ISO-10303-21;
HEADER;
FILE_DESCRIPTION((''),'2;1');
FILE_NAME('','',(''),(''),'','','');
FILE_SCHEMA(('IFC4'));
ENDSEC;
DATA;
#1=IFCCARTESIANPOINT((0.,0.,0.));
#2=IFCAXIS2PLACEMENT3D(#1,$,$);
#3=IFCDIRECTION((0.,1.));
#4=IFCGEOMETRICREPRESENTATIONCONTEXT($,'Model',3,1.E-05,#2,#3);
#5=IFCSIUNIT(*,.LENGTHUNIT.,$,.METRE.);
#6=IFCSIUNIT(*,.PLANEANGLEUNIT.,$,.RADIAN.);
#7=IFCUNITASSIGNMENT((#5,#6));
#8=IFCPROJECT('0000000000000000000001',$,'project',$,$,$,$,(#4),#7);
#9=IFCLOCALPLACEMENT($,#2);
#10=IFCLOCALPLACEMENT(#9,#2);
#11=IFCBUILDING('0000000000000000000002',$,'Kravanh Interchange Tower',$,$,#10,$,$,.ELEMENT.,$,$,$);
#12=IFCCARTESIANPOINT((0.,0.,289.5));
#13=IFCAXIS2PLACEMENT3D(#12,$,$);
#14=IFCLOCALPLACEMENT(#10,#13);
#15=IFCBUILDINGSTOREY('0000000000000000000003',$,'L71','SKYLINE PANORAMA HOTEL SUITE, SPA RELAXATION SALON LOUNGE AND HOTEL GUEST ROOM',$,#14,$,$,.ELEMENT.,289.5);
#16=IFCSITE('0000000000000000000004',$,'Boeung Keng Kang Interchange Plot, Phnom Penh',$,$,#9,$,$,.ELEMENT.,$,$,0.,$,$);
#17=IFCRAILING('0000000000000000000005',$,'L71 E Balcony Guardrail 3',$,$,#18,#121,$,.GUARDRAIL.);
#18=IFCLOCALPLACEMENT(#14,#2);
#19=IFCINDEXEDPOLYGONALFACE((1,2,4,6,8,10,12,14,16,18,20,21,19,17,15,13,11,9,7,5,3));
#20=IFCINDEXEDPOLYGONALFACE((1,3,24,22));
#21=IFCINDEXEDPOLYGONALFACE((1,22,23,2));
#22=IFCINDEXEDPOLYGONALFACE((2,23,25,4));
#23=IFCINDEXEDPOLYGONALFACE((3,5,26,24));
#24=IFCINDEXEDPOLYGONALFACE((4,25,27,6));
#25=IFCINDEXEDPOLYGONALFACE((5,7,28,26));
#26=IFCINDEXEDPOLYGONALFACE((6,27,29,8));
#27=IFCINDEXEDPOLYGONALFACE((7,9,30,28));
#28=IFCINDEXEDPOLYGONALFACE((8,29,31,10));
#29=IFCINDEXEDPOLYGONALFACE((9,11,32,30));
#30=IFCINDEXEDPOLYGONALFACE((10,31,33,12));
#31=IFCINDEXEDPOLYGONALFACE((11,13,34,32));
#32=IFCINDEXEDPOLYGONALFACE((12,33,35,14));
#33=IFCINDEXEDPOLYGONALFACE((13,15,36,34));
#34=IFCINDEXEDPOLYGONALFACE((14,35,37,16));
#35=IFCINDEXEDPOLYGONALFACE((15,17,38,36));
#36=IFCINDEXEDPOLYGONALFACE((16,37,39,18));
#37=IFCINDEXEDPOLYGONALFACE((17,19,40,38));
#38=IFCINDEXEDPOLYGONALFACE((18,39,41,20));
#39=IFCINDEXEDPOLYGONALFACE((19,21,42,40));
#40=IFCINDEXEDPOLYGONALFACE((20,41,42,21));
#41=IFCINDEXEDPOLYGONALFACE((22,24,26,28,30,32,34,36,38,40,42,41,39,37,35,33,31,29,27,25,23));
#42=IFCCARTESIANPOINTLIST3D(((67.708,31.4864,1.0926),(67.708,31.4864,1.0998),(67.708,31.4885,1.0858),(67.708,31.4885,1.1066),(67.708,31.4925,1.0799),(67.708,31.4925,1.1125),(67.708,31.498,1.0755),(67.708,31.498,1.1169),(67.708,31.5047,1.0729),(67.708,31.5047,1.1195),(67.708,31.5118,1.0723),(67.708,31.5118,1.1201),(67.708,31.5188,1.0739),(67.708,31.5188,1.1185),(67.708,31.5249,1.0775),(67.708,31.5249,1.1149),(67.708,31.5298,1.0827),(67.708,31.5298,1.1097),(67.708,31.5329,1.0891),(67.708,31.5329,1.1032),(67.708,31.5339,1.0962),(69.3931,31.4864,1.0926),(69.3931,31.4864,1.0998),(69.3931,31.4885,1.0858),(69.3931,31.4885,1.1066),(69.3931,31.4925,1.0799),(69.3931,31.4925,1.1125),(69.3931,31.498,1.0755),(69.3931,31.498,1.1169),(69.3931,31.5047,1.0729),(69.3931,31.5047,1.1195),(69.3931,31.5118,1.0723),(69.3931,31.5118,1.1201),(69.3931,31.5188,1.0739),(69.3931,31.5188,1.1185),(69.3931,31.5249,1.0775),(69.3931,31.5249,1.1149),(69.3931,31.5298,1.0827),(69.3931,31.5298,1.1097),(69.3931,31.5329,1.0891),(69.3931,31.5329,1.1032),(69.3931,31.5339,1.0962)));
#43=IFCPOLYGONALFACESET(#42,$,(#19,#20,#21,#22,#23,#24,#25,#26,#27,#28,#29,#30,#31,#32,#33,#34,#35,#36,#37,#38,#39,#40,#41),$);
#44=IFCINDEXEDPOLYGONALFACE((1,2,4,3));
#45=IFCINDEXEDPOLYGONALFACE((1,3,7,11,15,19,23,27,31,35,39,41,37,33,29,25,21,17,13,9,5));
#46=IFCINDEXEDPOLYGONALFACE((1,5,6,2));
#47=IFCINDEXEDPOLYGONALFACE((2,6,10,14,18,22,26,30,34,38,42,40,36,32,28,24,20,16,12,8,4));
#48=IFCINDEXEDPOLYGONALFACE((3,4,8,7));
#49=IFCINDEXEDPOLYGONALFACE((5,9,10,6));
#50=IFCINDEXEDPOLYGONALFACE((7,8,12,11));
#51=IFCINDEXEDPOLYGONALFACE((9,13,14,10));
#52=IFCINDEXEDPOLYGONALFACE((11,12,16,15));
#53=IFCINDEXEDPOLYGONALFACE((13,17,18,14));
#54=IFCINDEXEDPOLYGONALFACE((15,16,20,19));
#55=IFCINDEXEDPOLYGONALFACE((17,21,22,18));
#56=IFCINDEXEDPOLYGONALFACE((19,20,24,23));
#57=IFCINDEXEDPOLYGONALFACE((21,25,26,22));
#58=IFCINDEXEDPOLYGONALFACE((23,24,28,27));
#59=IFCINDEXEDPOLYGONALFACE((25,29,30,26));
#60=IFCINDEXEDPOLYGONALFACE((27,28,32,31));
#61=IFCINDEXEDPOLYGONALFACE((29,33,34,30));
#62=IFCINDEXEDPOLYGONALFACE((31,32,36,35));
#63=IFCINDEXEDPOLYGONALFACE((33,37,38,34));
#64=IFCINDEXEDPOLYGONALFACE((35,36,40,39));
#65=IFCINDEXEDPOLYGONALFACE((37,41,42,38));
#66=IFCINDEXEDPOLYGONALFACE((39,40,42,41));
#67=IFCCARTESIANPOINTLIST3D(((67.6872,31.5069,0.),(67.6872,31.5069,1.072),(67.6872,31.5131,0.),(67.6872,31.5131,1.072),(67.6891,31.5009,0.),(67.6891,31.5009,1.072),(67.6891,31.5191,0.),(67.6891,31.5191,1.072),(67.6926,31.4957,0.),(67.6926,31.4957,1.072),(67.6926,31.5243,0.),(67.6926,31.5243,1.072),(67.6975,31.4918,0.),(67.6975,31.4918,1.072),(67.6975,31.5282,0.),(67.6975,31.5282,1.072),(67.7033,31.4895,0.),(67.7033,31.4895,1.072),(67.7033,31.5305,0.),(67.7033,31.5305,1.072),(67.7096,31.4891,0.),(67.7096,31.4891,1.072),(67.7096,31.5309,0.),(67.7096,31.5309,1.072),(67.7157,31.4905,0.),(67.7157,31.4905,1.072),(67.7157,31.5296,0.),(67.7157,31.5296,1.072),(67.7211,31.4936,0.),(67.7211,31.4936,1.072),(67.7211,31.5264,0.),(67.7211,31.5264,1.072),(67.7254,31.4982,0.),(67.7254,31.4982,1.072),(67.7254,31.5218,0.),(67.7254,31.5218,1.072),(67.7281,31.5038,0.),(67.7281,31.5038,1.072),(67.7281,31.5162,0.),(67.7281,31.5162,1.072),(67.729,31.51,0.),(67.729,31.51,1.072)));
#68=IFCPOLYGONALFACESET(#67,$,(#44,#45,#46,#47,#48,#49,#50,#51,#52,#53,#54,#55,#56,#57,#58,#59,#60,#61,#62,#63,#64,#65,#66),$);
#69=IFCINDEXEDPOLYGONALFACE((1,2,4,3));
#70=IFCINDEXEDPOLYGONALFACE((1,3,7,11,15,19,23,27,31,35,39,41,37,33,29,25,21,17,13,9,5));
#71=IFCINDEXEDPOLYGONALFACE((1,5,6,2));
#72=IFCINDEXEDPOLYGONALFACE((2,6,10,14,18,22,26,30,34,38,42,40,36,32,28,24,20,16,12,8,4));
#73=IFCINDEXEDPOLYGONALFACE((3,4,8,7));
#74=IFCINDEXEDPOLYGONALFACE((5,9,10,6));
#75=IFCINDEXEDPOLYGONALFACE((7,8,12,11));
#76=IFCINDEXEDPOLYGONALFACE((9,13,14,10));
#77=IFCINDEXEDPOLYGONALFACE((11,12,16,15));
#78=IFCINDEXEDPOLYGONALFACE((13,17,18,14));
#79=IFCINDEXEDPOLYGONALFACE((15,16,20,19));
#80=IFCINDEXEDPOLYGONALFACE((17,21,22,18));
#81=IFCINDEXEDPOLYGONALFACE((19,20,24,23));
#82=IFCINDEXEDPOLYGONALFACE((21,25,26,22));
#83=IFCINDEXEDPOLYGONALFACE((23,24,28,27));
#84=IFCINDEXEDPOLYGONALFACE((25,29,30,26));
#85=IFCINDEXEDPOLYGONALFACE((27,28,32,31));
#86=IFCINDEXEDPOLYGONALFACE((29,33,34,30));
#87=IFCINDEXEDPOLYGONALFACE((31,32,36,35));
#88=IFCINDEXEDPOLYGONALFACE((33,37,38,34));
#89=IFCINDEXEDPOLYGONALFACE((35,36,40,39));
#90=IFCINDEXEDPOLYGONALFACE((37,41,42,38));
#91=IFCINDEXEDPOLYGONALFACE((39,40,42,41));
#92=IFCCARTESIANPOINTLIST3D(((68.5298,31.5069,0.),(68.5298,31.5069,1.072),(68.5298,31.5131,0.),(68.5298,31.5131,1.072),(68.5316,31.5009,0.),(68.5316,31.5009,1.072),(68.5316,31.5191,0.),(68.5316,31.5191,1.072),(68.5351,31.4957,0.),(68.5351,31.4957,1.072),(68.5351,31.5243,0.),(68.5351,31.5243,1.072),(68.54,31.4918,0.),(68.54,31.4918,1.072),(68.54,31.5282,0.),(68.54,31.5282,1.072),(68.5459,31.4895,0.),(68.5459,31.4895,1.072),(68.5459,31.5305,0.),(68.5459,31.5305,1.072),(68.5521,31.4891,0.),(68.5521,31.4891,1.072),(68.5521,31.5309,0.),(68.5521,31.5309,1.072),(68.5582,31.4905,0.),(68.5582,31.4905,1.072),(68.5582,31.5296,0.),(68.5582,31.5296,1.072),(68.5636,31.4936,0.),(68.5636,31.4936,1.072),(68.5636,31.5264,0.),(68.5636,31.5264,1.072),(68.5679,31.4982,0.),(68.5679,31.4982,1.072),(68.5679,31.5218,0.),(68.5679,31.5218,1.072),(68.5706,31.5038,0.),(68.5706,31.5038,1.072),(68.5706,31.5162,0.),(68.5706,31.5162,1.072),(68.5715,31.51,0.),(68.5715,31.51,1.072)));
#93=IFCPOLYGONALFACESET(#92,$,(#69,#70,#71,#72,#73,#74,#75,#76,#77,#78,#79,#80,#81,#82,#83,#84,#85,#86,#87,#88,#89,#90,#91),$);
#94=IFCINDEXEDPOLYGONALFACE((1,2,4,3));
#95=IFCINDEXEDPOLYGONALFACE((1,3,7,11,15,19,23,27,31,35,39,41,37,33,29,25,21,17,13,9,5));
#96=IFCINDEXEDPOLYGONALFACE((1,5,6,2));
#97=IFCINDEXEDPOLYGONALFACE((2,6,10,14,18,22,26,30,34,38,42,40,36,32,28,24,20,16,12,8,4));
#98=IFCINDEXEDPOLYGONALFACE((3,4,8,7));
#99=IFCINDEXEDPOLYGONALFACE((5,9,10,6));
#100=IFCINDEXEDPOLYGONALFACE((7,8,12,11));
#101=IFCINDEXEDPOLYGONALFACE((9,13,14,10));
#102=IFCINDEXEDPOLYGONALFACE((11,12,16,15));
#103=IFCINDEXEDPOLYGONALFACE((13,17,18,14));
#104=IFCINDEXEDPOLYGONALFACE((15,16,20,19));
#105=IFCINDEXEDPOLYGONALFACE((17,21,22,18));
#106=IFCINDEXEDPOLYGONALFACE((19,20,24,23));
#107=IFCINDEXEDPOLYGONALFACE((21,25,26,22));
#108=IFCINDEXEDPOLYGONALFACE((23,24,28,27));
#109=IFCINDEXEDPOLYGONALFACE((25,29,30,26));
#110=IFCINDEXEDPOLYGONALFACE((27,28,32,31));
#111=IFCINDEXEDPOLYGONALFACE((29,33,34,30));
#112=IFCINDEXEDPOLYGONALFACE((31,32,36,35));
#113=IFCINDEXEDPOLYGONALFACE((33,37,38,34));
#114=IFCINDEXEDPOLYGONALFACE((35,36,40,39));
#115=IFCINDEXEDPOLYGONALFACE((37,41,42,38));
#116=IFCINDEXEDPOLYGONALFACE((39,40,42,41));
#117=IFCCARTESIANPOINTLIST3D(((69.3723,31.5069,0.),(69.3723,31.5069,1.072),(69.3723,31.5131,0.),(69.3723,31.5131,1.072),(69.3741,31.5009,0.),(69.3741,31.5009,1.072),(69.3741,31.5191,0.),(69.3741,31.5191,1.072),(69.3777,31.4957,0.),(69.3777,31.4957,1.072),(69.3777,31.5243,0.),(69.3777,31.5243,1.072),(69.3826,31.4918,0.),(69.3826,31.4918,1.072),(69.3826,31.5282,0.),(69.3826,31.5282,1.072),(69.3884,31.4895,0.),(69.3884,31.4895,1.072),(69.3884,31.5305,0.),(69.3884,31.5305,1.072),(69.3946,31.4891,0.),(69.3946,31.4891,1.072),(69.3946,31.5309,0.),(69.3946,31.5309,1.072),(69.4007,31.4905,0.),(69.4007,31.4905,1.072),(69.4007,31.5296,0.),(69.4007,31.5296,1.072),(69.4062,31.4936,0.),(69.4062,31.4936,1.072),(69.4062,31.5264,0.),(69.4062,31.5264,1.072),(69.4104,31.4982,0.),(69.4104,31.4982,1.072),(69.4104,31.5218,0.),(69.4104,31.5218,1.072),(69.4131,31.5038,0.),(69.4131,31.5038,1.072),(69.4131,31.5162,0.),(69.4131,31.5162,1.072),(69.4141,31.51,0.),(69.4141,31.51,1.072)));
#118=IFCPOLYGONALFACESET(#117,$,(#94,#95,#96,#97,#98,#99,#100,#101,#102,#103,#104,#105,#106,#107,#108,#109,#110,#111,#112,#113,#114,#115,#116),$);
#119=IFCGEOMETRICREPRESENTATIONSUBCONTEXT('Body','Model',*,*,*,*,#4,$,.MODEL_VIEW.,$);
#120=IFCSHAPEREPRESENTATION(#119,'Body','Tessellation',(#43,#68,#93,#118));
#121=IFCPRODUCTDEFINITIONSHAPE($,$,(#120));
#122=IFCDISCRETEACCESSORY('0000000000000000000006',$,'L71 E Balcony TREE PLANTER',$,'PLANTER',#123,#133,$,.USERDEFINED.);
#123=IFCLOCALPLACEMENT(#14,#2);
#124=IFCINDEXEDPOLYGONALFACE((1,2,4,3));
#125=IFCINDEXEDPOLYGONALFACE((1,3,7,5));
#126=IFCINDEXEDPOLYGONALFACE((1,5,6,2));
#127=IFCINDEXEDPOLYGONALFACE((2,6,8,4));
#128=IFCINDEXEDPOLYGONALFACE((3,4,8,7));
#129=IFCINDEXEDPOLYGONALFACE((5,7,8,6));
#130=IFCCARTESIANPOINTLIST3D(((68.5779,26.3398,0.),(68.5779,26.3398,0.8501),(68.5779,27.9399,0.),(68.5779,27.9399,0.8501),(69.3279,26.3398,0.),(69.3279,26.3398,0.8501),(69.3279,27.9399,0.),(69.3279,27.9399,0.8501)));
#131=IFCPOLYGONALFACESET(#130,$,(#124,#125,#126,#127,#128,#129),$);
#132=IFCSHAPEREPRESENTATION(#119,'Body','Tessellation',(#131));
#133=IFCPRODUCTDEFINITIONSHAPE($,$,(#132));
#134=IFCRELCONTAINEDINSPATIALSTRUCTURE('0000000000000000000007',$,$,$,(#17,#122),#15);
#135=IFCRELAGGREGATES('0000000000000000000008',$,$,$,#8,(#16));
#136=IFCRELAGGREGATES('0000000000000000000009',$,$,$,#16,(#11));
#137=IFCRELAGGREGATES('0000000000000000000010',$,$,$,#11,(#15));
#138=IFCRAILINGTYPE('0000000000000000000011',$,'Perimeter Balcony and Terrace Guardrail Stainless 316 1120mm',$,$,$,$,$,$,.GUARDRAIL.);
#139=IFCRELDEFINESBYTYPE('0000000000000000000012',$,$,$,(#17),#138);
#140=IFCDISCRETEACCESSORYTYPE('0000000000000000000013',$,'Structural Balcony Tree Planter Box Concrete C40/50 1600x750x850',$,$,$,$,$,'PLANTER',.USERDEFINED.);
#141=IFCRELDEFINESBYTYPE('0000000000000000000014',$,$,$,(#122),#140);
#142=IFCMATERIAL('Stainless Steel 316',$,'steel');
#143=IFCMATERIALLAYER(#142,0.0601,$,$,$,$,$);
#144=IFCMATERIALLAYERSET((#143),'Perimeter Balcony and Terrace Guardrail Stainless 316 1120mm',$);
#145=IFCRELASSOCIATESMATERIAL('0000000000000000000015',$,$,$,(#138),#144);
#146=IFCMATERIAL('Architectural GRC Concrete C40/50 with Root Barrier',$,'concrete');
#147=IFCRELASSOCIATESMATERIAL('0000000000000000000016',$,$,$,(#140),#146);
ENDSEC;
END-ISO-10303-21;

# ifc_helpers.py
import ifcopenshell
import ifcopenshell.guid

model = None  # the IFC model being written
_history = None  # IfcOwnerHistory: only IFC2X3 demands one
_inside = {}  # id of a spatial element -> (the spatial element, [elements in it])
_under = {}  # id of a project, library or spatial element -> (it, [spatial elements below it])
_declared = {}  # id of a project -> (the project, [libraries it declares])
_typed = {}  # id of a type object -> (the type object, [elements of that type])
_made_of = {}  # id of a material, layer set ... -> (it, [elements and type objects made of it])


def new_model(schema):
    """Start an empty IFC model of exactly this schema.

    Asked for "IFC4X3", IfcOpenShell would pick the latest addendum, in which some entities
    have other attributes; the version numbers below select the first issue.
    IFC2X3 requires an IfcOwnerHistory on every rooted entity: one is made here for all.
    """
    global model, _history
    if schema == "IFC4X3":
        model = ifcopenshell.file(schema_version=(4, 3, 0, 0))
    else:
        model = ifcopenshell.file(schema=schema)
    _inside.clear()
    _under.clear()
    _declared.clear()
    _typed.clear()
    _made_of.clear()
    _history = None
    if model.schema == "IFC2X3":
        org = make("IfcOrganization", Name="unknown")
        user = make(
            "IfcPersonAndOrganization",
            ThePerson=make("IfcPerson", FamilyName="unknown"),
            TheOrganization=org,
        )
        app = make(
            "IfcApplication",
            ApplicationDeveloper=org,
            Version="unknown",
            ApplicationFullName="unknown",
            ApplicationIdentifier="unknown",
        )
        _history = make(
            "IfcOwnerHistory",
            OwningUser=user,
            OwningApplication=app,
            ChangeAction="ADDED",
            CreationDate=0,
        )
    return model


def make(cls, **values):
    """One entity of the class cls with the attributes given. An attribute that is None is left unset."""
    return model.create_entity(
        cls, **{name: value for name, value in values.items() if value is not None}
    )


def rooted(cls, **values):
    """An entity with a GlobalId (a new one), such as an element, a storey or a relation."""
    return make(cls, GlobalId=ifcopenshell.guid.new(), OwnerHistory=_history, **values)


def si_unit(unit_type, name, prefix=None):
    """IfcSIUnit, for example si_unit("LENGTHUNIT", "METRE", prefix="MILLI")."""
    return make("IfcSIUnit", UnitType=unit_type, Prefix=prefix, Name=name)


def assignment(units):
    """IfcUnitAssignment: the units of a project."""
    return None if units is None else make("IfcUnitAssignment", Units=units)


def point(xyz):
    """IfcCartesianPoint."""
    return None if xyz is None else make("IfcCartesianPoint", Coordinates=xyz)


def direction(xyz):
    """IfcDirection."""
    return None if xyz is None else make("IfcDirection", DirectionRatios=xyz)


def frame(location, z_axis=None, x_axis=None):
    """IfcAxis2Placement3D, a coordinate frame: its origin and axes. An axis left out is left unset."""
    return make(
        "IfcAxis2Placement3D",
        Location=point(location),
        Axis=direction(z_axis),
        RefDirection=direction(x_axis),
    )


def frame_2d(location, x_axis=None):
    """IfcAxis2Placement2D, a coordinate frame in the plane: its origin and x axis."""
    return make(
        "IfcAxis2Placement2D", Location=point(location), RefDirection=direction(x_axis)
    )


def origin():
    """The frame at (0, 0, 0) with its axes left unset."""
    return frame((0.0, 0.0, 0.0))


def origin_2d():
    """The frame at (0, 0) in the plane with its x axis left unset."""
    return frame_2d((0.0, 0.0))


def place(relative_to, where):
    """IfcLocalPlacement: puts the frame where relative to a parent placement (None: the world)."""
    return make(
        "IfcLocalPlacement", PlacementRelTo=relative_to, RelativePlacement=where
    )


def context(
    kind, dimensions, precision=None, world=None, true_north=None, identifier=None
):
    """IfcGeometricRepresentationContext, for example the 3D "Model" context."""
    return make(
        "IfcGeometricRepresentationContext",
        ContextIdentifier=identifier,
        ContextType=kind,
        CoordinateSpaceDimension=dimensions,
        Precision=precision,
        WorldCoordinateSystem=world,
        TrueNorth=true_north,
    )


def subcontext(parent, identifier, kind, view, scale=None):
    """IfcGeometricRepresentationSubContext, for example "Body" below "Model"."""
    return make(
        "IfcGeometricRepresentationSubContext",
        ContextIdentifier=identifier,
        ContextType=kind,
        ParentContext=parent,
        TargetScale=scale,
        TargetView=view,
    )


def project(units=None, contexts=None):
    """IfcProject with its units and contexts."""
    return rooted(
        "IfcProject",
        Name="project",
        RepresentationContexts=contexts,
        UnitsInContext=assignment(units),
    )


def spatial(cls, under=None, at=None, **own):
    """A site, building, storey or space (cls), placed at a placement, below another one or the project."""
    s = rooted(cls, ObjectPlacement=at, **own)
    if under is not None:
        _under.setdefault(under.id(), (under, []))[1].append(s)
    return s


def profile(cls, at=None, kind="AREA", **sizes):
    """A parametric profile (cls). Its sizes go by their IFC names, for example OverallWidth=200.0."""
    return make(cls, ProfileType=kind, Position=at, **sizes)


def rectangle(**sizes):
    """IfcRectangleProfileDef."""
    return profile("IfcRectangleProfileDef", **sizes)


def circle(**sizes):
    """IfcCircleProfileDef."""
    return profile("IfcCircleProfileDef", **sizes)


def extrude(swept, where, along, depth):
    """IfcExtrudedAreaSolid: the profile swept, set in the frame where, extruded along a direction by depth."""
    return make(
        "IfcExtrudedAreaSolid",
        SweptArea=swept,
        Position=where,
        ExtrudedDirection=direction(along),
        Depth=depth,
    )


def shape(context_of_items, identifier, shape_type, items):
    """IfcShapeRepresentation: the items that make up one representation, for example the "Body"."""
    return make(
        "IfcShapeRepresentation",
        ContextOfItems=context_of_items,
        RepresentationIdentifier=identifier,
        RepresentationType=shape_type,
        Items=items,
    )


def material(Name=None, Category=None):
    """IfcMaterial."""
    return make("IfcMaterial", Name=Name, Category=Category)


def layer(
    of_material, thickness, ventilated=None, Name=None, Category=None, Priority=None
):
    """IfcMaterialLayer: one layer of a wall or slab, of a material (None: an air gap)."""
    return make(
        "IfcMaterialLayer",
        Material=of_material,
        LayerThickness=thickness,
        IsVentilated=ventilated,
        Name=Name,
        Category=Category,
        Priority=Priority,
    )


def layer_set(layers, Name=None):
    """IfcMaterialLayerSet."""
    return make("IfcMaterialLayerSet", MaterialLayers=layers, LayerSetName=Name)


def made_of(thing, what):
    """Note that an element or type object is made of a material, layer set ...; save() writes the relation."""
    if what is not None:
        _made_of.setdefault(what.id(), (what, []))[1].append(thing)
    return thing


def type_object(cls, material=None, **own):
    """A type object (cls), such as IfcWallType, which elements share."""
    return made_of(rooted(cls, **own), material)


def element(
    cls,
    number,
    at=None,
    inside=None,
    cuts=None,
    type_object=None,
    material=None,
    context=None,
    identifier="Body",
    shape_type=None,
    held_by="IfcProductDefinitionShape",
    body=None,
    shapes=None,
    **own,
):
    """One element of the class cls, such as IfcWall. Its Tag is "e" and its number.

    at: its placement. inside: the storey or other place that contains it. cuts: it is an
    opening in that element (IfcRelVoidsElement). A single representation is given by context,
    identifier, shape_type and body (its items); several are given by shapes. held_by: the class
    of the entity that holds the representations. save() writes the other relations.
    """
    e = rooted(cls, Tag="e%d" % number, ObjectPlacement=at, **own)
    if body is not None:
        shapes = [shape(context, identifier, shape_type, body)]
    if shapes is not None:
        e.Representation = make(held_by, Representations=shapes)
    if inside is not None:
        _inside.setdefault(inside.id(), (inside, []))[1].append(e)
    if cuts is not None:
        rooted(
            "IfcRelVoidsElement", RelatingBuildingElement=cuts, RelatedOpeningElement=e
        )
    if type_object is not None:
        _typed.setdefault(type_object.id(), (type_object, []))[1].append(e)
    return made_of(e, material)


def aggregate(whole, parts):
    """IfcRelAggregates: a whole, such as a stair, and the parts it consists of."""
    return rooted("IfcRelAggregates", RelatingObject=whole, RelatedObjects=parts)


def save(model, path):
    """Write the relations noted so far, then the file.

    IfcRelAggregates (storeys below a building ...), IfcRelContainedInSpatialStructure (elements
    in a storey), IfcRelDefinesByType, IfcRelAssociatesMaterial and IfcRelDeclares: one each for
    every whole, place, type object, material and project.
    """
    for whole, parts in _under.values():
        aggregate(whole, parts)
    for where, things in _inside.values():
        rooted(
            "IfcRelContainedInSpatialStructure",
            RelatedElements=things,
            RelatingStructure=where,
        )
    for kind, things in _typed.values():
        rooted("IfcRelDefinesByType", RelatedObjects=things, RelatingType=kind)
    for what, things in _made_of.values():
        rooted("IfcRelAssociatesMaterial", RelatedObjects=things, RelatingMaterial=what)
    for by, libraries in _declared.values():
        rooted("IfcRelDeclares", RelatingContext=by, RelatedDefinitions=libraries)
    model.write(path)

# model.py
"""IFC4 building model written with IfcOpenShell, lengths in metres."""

from ifc_helpers import new_model, si_unit, direction, frame, origin, origin_2d, place, context, subcontext, project, spatial, rectangle, circle, extrude, material, layer, layer_set, type_object, element, save


model = new_model("IFC4")

# Units and contexts
model_context = context("Model", 3, precision=1e-05, world=origin(), true_north=direction((0.0, 1.0)))
body_context = subcontext(model_context, "Body", "Model", "MODEL_VIEW")
ifc_project = project(units=[si_unit("LENGTHUNIT", "METRE"), si_unit("PLANEANGLEUNIT", "RADIAN")], contexts=[model_context])

# Site, building, storey
site_placement = place(None, origin())
site = spatial("IfcSite", under=ifc_project, at=site_placement, Name="Boeung Keng Kang Interchange Plot, Phnom Penh", CompositionType="ELEMENT", RefElevation=0.0)
building_placement = place(site_placement, origin())
building = spatial("IfcBuilding", under=site, at=building_placement, Name="Kravanh Interchange Tower", CompositionType="ELEMENT")
storey_placement = place(building_placement, frame((0.0, 0.0, 289.5)))
storey = spatial("IfcBuildingStorey", under=building, at=storey_placement, Name="L71", Description="SKYLINE PANORAMA HOTEL SUITE, SPA RELAXATION SALON LOUNGE AND HOTEL GUEST ROOM", CompositionType="ELEMENT", Elevation=289.5)

# Railing
ifc_material_1 = material(Name="Stainless Steel 316", Category="steel")
ifc_layer_1 = layer(ifc_material_1, 0.0601)
ifc_layer_set_1 = layer_set([ifc_layer_1], Name="Perimeter Balcony and Terrace Guardrail Stainless 316 1120mm")
railing_type = type_object("IfcRailingType", Name="Perimeter Balcony and Terrace Guardrail Stainless 316 1120mm", PredefinedType="GUARDRAIL", material=ifc_layer_set_1)
railing_1_placement = place(storey_placement, frame((67.708, 31.51, 0.0)))
element("IfcRailing", 1, at=railing_1_placement, inside=storey, type_object=railing_type, Name="L71 E Balcony Guardrail 3", PredefinedType="GUARDRAIL", context=body_context, shape_type="SweptSolid", body=[
    extrude(circle(Radius=0.0239, at=origin_2d()), frame((0.0, 0.0, 1.0962), z_axis=(1.0, 0.0, 0.0), x_axis=(0.0, 1.0, 0.0)), (0.0, 0.0, 1.0), 1.6851),
    extrude(circle(Radius=0.021, at=origin_2d()), origin(), (0.0, 0.0, 1.0), 1.072),
    extrude(circle(Radius=0.021, at=origin_2d()), frame((0.8425, 0.0, 0.0)), (0.0, 0.0, 1.0), 1.072),
    extrude(circle(Radius=0.021, at=origin_2d()), frame((1.6851, 0.0, 0.0)), (0.0, 0.0, 1.0), 1.072),
])

# Discrete accessory
ifc_material_2 = material(Name="Architectural GRC Concrete C40/50 with Root Barrier", Category="concrete")
discrete_accessory_type = type_object("IfcDiscreteAccessoryType", Name="Structural Balcony Tree Planter Box Concrete C40/50 1600x750x850", ElementType="PLANTER", PredefinedType="USERDEFINED", material=ifc_material_2)
discrete_accessory_placement = place(storey_placement, frame((68.9529, 27.1399, 0.0), z_axis=(0.0, 0.0, 1.0), x_axis=(1.0, 0.0, 0.0)))
element("IfcDiscreteAccessory", 2, at=discrete_accessory_placement, inside=storey, type_object=discrete_accessory_type, Name="L71 E Balcony TREE PLANTER", ObjectType="PLANTER", PredefinedType="USERDEFINED", context=body_context, shape_type="SweptSolid", body=[
    extrude(rectangle(XDim=0.75, YDim=1.6001, at=origin_2d()), origin(), (0.0, 0.0, 1.0), 0.8501),
])

save(model, "model.ifc")
